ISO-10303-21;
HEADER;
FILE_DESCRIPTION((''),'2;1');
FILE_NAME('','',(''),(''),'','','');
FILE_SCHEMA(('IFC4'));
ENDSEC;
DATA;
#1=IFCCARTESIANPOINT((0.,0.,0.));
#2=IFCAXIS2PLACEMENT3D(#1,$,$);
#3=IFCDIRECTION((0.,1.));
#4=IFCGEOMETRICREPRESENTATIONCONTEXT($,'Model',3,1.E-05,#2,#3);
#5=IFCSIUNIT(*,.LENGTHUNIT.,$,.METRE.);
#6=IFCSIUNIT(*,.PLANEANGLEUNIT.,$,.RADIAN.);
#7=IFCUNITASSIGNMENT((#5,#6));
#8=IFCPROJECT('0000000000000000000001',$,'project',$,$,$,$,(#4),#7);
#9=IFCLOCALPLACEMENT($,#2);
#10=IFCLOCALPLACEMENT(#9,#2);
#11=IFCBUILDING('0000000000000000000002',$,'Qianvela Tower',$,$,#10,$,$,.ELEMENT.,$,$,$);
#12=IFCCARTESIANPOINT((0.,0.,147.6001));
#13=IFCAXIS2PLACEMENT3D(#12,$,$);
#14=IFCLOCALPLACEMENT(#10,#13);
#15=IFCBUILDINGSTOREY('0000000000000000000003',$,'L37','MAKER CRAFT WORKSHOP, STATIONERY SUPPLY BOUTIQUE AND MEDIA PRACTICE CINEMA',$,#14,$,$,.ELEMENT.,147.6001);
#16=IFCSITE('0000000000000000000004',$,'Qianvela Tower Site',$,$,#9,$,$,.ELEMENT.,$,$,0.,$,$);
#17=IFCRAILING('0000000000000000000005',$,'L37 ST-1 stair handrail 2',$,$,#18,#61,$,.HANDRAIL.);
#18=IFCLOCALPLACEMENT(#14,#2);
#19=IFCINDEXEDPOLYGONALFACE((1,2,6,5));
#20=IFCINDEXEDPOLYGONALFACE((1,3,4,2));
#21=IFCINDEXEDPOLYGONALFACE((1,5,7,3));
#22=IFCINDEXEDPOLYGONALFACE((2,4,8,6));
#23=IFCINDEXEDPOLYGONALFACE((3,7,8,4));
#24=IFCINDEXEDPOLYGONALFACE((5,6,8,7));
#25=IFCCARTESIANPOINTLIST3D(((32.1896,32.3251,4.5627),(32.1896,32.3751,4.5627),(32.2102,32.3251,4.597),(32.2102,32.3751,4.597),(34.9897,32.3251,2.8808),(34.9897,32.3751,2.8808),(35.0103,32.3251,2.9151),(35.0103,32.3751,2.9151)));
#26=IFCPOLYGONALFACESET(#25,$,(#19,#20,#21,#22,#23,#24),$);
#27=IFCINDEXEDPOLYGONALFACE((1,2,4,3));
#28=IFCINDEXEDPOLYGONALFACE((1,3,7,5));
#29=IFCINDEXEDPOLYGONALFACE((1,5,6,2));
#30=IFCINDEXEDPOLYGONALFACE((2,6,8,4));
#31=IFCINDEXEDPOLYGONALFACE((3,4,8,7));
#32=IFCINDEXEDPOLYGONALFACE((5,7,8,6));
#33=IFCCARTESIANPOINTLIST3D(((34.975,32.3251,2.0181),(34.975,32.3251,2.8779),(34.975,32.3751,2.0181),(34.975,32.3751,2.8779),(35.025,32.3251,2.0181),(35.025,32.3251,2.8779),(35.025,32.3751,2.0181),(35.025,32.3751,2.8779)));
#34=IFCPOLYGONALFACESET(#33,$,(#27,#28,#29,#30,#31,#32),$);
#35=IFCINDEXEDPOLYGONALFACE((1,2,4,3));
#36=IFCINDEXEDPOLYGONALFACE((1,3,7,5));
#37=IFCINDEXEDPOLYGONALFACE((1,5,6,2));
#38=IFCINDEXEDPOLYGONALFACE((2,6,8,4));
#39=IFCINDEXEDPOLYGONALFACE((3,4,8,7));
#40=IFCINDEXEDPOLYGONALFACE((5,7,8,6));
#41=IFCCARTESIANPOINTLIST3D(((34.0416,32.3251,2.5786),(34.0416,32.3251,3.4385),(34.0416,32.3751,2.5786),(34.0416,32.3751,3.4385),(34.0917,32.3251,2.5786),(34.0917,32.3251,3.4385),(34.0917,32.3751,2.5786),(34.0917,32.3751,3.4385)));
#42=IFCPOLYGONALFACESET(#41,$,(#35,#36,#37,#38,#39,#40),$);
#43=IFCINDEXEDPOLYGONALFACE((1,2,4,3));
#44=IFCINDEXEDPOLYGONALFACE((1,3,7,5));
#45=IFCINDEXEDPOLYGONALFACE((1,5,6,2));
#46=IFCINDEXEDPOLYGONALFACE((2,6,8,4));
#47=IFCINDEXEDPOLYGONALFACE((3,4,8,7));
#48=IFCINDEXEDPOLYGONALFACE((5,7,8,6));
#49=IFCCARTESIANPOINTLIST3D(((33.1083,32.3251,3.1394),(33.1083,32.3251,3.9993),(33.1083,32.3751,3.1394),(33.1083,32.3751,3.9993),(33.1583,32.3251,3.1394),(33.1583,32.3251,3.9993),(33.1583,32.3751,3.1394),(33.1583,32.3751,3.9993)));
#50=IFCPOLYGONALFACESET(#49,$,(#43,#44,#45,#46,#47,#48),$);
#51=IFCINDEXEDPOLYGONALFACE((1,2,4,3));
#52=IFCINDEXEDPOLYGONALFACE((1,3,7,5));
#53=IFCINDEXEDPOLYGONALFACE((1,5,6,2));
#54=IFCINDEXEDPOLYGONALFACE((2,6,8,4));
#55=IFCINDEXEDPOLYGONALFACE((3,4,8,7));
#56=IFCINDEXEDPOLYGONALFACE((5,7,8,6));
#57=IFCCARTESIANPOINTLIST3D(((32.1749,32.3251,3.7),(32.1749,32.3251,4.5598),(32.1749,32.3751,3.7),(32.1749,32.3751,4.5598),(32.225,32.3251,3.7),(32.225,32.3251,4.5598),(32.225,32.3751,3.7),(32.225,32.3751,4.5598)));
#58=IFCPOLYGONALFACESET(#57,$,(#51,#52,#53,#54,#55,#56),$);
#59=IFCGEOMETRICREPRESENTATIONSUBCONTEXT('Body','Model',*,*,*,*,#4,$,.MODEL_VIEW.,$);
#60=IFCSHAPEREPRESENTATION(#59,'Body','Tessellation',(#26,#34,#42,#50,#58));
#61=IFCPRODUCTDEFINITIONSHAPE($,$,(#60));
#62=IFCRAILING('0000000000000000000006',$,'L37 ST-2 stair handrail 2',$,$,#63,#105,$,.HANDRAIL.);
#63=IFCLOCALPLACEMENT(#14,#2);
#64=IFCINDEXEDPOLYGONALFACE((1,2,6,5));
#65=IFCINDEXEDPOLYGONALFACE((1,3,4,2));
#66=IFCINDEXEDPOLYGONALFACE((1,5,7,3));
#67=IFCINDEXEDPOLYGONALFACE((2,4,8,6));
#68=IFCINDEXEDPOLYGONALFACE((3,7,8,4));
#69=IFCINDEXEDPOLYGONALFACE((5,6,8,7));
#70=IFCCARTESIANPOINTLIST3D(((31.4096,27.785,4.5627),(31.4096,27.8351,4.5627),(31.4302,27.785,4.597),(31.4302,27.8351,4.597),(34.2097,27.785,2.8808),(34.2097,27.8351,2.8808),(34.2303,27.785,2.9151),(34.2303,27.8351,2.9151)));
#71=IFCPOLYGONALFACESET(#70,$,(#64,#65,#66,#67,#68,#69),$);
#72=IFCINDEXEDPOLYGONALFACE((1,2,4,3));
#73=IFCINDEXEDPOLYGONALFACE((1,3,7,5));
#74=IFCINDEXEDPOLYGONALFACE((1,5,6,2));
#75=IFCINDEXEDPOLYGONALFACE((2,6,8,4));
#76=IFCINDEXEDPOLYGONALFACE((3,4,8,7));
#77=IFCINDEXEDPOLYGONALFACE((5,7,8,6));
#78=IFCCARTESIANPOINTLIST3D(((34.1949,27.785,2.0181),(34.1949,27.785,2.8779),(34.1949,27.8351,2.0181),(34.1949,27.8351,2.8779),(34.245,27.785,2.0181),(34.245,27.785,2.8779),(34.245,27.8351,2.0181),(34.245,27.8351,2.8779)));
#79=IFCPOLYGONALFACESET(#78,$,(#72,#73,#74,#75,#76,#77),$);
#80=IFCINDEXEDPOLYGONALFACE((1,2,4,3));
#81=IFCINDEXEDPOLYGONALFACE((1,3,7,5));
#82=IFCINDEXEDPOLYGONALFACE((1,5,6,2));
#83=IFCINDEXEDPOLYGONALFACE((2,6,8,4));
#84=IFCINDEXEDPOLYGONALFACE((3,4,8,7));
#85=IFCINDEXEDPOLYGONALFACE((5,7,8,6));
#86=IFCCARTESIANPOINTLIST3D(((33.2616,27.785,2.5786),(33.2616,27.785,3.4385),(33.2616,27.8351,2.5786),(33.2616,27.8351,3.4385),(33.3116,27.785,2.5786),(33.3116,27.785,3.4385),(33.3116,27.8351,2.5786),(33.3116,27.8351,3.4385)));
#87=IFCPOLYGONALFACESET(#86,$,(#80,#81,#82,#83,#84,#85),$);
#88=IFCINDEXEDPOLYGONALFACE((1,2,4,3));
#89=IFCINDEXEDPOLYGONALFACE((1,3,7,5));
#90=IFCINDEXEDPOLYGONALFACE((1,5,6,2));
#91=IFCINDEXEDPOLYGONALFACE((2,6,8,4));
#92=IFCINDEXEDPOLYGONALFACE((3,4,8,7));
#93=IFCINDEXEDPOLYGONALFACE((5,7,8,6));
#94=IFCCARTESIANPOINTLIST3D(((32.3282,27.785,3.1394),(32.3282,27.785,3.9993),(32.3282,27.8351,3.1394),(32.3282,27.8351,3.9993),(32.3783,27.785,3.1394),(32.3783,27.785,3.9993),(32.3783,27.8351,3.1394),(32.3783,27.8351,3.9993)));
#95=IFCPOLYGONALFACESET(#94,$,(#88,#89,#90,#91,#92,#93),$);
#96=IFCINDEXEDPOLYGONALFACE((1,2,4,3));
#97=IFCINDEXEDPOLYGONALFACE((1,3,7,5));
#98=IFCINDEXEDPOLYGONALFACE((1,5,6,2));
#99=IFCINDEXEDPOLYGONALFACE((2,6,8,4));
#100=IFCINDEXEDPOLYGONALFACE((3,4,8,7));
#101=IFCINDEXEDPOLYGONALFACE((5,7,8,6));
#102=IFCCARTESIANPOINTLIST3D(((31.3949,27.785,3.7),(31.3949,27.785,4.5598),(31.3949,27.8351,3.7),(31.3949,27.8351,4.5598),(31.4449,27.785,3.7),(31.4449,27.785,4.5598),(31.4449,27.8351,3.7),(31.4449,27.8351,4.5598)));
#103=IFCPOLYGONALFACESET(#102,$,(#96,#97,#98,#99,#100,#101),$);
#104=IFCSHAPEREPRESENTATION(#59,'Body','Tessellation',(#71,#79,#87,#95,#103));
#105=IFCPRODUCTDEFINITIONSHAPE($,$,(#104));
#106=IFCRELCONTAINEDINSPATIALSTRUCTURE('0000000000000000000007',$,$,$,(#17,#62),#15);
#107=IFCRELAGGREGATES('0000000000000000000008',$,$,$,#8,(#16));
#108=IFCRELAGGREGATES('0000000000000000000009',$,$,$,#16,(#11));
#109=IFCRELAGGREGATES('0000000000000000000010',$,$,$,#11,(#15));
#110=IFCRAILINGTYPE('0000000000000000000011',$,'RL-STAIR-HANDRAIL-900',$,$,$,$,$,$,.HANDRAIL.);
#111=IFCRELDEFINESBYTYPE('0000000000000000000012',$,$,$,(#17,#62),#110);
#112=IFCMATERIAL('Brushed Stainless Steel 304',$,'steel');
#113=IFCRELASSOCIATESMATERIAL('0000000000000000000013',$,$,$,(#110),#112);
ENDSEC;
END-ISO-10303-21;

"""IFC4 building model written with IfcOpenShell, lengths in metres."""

from ifc_helpers import new_model, si_unit, direction, frame, origin, origin_2d, place, context, subcontext, project, spatial, rectangle, extrude, material, type_object, element, save


model = new_model("IFC4")

# Units and contexts
model_context = context("Model", 3, precision=1e-05, world=origin(), true_north=direction((0.0, 1.0)))
body_context = subcontext(model_context, "Body", "Model", "MODEL_VIEW")
ifc_project = project(units=[si_unit("LENGTHUNIT", "METRE"), si_unit("PLANEANGLEUNIT", "RADIAN")], contexts=[model_context])

# Site, building, storey
site_placement = place(None, origin())
site = spatial("IfcSite", under=ifc_project, at=site_placement, Name="Qianvela Tower Site", CompositionType="ELEMENT", RefElevation=0.0)
building_placement = place(site_placement, origin())
building = spatial("IfcBuilding", under=site, at=building_placement, Name="Qianvela Tower", CompositionType="ELEMENT")
storey_placement = place(building_placement, frame((0.0, 0.0, 147.6001)))
storey = spatial("IfcBuildingStorey", under=building, at=storey_placement, Name="L37", Description="MAKER CRAFT WORKSHOP, STATIONERY SUPPLY BOUTIQUE AND MEDIA PRACTICE CINEMA", CompositionType="ELEMENT", Elevation=147.6001)

# Railings
ifc_material_1 = material(Name="Brushed Stainless Steel 304", Category="steel")
railing_type_1 = type_object("IfcRailingType", Name="RL-STAIR-HANDRAIL-900", PredefinedType="HANDRAIL", material=ifc_material_1)
for number, where, name in (
    (1, (35.0, 32.3501, 2.0181), "L37 ST-1 stair handrail 2"),
    (2, (34.22, 27.8101, 2.0181), "L37 ST-2 stair handrail 2"),
):
    element("IfcRailing", number, at=place(storey_placement, frame(where)), inside=storey, type_object=railing_type_1, Name=name, PredefinedType="HANDRAIL", context=body_context, shape_type="SweptSolid", body=[
        extrude(rectangle(XDim=0.05, YDim=0.04, at=origin_2d()), frame((0.0, 0.0, 0.8799), z_axis=(-0.857242, 0.0, 0.514913), x_axis=(0.0, -1.0, 0.0)), (0.0, 0.0, 1.0), 3.2664),
        extrude(rectangle(XDim=0.05, YDim=0.05, at=origin_2d()), origin(), (0.0, 0.0, 1.0), 0.8599),
        extrude(rectangle(XDim=0.05, YDim=0.05, at=origin_2d()), frame((-0.9333, 0.0, 0.5605)), (0.0, 0.0, 1.0), 0.8599),
        extrude(rectangle(XDim=0.05, YDim=0.05, at=origin_2d()), frame((-1.8667, 0.0, 1.1213)), (0.0, 0.0, 1.0), 0.8599),
        extrude(rectangle(XDim=0.05, YDim=0.05, at=origin_2d()), frame((-2.8, 0.0, 1.6819)), (0.0, 0.0, 1.0), 0.8599),
    ])

save(model, "model.ifc")
